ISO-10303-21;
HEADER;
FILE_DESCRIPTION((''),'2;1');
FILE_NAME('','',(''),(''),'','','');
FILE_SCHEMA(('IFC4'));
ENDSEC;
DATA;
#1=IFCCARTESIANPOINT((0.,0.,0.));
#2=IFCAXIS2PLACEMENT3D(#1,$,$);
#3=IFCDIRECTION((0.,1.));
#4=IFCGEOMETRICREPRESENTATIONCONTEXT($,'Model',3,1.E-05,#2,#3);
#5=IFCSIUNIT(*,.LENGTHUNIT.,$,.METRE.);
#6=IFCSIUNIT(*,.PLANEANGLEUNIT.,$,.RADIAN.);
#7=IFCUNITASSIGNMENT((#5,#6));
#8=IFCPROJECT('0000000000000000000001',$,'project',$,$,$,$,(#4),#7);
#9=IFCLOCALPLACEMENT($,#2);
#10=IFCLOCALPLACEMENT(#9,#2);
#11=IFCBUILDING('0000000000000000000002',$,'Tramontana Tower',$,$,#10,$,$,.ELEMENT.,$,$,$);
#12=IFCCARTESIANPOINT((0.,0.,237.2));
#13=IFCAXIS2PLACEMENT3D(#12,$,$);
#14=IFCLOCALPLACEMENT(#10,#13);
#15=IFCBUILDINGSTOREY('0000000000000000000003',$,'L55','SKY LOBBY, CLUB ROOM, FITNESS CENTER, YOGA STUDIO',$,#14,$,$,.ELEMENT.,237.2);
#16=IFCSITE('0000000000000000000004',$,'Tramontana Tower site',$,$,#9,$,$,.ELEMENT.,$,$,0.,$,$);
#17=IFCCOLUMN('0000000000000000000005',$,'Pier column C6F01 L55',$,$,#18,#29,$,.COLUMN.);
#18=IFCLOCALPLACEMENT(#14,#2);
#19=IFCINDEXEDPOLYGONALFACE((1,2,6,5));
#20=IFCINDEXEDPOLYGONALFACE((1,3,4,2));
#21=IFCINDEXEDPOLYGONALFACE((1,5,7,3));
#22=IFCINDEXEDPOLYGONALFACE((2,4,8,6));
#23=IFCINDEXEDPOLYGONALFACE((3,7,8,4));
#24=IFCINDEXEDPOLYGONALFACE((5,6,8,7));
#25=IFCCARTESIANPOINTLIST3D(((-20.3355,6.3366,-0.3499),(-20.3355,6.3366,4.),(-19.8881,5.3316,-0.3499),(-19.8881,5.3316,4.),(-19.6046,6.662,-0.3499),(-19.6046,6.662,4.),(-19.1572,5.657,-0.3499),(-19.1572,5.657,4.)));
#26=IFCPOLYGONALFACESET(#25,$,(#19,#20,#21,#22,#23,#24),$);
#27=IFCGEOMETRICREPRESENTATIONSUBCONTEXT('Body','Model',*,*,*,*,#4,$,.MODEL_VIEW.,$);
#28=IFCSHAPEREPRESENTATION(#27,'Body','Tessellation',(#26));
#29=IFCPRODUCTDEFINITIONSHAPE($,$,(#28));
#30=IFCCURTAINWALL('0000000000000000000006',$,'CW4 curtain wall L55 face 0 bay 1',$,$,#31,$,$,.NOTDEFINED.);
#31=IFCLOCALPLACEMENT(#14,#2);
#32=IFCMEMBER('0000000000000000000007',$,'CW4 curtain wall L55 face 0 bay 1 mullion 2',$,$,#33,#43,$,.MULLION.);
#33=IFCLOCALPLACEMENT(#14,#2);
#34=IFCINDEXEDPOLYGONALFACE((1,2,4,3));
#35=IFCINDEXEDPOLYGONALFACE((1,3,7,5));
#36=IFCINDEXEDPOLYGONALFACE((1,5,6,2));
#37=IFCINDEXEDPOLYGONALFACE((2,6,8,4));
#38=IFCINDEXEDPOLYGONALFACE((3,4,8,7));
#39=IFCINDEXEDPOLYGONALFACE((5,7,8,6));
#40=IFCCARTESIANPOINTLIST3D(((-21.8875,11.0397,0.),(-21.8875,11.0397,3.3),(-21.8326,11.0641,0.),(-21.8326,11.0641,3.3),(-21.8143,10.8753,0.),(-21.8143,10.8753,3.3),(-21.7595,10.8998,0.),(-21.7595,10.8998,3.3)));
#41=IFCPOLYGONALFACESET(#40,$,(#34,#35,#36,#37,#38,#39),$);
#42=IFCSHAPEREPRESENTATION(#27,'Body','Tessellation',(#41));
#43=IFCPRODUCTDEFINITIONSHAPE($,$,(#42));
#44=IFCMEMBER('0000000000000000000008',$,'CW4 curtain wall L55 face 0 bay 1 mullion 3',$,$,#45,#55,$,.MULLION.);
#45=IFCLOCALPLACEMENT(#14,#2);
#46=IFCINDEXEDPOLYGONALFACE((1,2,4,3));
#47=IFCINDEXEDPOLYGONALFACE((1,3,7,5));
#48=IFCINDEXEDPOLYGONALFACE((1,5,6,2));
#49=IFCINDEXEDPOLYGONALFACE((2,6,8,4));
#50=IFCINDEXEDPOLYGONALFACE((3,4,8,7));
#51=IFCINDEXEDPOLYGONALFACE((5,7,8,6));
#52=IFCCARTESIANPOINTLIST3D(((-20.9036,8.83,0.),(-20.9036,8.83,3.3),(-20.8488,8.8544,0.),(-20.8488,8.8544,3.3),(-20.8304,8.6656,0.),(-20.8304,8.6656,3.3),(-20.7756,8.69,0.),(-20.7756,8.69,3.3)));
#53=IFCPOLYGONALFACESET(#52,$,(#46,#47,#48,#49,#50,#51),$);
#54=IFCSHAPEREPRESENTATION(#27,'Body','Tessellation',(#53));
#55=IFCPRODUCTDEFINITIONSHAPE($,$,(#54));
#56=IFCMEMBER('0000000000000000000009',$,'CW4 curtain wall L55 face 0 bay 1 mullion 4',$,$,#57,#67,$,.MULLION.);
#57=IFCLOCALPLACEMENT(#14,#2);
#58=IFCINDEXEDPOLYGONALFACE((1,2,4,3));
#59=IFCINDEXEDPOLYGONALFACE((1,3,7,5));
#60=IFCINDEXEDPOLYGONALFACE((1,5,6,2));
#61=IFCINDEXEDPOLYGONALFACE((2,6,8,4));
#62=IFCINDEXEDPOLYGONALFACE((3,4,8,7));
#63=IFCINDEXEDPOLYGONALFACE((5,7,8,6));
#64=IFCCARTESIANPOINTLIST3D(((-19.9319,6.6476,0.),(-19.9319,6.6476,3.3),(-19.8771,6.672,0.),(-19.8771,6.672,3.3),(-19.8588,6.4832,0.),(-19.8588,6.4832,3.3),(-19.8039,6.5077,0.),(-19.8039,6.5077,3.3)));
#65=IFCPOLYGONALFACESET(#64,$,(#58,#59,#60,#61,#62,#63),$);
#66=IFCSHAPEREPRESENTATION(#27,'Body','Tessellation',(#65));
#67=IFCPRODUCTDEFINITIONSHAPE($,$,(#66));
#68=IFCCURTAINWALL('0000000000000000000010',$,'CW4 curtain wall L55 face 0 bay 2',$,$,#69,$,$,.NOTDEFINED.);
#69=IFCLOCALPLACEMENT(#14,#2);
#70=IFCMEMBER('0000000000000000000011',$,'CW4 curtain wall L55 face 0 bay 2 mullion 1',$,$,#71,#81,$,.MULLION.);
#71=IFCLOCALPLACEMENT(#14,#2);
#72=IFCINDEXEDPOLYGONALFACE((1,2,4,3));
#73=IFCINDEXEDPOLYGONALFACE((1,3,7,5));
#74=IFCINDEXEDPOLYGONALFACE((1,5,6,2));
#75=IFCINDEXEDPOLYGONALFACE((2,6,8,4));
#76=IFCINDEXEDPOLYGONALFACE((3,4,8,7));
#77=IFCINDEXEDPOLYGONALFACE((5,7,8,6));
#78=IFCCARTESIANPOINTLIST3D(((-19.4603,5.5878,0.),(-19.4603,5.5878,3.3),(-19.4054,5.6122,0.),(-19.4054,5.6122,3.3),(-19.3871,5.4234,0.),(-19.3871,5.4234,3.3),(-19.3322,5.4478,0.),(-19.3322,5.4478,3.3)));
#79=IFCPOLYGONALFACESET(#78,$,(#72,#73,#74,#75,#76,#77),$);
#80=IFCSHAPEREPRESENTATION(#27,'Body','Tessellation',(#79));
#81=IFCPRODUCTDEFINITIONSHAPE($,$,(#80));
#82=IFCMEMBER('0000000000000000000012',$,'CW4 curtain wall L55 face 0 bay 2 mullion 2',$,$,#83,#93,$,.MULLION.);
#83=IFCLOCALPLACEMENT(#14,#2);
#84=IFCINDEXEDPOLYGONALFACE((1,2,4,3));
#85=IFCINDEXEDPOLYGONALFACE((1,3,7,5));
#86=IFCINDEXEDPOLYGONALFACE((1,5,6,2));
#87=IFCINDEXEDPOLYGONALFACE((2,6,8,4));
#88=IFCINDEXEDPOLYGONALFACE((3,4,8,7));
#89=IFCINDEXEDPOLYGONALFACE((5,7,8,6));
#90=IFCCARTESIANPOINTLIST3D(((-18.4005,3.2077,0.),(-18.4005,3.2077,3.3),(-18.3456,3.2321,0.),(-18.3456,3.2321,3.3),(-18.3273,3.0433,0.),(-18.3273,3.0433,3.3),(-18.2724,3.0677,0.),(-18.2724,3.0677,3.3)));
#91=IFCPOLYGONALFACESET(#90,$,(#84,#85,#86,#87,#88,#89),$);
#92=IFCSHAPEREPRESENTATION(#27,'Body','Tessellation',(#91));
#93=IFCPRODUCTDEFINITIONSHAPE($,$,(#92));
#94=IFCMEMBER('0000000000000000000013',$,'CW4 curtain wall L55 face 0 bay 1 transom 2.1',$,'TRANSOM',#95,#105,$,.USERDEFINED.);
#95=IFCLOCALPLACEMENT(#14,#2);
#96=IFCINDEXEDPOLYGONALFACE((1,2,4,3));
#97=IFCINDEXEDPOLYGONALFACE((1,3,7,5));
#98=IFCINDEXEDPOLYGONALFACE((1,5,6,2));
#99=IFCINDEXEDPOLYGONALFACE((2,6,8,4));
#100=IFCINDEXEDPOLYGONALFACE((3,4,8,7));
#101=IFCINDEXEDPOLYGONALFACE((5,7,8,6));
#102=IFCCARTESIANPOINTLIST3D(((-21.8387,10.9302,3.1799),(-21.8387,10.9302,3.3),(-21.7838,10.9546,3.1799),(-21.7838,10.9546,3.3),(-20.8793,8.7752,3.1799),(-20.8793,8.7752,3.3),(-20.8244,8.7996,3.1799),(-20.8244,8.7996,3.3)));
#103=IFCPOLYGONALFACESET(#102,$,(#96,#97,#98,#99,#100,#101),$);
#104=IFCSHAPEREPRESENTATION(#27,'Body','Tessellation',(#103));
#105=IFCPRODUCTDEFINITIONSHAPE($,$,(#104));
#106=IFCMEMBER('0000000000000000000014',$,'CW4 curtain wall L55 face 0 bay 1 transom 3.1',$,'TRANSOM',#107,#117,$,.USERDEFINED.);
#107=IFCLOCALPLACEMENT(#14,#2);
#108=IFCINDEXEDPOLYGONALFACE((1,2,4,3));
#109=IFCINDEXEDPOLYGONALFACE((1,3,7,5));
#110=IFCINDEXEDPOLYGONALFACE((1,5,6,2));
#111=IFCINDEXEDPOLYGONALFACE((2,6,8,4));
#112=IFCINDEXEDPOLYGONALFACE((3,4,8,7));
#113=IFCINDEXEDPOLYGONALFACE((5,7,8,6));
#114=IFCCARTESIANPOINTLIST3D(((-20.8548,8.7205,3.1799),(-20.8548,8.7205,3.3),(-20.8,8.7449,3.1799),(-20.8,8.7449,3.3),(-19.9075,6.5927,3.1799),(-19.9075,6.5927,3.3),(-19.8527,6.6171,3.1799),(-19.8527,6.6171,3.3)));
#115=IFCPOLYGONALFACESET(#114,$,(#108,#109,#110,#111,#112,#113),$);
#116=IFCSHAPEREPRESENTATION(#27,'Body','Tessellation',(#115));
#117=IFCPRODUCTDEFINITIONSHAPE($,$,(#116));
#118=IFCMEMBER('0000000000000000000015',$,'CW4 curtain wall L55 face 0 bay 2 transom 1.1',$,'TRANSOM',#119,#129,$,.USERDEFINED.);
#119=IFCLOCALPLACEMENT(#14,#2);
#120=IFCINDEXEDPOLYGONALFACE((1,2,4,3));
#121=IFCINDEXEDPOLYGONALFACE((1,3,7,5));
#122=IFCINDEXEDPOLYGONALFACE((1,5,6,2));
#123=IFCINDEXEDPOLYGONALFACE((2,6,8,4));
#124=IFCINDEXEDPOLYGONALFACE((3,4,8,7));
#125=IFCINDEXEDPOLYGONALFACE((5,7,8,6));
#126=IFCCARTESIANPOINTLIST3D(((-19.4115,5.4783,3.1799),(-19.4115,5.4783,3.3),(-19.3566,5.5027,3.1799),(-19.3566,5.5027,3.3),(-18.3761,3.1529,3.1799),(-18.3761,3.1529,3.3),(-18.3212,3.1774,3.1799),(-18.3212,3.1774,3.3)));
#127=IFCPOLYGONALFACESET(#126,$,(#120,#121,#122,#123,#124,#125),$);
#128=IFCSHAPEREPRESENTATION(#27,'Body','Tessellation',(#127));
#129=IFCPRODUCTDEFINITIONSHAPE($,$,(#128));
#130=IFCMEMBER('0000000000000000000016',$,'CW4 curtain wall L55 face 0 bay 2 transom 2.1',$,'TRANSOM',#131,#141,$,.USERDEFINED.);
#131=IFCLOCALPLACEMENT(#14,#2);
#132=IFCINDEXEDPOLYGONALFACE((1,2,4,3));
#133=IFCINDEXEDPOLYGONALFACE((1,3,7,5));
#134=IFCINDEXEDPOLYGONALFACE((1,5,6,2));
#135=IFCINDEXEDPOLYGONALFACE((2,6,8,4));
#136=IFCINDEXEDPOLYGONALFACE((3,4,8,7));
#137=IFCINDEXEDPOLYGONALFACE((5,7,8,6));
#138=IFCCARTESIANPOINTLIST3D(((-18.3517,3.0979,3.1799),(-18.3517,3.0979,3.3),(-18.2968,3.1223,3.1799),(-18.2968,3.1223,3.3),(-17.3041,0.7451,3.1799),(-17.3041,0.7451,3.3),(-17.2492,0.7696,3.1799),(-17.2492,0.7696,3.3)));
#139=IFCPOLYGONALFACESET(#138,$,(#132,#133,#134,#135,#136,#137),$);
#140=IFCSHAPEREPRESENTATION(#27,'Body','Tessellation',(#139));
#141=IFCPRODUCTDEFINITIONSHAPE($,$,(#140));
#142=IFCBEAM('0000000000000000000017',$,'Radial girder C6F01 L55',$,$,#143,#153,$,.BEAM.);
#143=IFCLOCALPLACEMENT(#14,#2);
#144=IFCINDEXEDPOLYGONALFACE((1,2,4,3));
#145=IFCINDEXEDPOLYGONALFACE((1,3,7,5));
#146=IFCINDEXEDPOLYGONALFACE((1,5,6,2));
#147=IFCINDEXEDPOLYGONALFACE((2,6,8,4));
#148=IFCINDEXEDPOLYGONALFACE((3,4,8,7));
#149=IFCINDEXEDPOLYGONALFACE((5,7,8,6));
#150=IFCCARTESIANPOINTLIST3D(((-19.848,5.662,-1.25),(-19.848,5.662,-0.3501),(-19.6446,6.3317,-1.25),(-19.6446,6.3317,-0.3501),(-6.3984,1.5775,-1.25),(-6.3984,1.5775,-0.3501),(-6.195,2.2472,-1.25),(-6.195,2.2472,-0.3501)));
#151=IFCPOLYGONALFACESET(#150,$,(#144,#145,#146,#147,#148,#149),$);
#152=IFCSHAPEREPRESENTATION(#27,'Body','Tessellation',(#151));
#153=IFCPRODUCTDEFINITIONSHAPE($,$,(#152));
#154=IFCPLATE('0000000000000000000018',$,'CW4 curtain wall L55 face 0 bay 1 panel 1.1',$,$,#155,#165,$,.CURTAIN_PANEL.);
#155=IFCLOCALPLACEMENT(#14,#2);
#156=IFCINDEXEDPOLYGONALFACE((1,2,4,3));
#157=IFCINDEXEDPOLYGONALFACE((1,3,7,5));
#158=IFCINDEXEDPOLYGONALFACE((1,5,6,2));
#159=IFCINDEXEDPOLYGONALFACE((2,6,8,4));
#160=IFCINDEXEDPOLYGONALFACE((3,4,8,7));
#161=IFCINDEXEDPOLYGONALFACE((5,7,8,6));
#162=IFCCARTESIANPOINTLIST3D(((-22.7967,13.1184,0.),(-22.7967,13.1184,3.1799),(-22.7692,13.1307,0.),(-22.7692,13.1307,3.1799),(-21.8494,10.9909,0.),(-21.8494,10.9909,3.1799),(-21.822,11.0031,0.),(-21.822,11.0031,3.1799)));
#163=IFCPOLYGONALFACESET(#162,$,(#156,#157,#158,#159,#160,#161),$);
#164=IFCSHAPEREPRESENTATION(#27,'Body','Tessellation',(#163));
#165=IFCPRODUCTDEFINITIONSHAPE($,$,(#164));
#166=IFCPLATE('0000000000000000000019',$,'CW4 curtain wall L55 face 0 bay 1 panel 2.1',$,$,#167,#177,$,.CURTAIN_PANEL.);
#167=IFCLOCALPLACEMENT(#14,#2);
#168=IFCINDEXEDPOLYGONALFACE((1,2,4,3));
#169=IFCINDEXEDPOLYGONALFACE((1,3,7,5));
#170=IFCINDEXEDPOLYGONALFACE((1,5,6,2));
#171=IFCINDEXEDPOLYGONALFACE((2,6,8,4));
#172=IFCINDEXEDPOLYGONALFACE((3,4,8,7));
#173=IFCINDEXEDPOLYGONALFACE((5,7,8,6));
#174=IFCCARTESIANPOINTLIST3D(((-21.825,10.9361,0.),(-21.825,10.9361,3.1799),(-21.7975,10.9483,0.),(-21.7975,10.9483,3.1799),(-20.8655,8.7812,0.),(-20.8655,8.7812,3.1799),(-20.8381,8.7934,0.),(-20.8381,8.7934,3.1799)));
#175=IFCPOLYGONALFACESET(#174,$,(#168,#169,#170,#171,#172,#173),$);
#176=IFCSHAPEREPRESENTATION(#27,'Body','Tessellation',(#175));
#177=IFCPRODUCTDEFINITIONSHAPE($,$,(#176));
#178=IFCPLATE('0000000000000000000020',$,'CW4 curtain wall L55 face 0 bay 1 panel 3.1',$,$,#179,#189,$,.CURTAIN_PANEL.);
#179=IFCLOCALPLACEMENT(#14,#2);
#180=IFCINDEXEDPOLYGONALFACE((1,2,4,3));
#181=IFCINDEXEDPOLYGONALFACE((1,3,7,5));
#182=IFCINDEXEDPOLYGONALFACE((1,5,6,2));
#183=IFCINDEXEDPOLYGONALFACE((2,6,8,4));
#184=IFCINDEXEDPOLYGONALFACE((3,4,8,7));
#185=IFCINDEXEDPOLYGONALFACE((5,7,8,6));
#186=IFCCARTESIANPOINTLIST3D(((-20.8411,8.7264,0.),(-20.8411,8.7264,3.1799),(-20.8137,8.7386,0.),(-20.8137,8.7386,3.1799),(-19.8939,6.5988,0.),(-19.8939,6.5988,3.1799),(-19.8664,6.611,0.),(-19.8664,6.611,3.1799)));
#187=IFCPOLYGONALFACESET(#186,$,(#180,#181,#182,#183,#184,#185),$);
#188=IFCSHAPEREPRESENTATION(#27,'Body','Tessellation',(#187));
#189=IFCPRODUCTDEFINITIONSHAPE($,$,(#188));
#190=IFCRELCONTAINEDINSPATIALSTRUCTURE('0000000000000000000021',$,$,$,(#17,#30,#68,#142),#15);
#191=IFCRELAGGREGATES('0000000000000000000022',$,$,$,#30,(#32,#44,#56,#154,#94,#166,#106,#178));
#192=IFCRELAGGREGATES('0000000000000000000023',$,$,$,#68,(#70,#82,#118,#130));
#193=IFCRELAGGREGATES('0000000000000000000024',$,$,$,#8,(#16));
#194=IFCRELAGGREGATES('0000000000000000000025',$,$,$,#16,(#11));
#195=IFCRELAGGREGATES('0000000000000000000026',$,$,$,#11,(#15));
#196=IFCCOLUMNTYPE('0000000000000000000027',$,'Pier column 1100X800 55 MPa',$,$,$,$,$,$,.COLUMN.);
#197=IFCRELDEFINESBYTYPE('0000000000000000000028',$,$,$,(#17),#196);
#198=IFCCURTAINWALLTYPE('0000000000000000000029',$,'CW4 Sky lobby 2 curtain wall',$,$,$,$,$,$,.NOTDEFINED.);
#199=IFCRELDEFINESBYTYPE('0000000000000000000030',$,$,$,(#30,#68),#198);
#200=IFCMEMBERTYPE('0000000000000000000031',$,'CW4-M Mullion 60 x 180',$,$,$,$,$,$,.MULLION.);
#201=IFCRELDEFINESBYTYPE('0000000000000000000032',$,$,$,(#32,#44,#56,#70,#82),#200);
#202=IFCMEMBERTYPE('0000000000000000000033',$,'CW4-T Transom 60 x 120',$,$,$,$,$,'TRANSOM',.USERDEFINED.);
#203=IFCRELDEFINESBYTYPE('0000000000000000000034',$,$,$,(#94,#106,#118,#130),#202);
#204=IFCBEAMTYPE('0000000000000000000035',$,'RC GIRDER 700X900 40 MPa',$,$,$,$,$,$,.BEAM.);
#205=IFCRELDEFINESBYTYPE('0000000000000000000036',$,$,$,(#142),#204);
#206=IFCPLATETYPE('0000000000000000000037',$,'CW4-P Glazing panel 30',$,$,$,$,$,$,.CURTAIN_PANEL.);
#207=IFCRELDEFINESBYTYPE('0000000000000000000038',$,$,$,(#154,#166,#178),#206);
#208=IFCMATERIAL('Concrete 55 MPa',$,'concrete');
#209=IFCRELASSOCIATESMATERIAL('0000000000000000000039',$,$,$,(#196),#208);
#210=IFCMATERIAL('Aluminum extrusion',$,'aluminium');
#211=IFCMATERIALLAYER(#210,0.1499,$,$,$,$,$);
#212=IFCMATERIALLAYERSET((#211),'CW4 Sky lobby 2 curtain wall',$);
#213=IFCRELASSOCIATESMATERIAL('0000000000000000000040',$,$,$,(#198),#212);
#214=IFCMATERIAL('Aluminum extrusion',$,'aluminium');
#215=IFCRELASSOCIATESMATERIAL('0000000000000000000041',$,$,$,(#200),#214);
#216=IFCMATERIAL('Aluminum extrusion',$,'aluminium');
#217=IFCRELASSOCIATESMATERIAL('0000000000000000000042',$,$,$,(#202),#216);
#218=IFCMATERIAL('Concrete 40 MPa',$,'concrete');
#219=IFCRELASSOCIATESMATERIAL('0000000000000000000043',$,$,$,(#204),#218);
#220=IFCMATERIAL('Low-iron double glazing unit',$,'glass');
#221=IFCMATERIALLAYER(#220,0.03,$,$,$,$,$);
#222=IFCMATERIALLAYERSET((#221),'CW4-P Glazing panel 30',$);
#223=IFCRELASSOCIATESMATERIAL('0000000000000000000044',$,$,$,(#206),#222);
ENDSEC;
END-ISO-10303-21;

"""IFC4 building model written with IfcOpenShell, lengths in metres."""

from ifc_helpers import new_model, si_unit, direction, frame, origin, origin_2d, place, context, subcontext, project, spatial, rectangle, extrude, material, layer, layer_set, material_profile, profile_set, type_object, element, aggregate, save


model = new_model("IFC4")

# Units and contexts
model_context = context("Model", 3, precision=1e-05, world=origin(), true_north=direction((0.0, 1.0)))
body_context = subcontext(model_context, "Body", "Model", "MODEL_VIEW")
ifc_project = project(units=[si_unit("LENGTHUNIT", "METRE"), si_unit("PLANEANGLEUNIT", "RADIAN")], contexts=[model_context])

# Site, building, storey
site_placement = place(None, origin())
site = spatial("IfcSite", under=ifc_project, at=site_placement, Name="Tramontana Tower site", CompositionType="ELEMENT", RefElevation=0.0)
building_placement = place(site_placement, origin())
building = spatial("IfcBuilding", under=site, at=building_placement, Name="Tramontana Tower", CompositionType="ELEMENT")
storey_placement = place(building_placement, frame((0.0, 0.0, 237.2)))
storey = spatial("IfcBuildingStorey", under=building, at=storey_placement, Name="L55", Description="SKY LOBBY, CLUB ROOM, FITNESS CENTER, YOGA STUDIO", CompositionType="ELEMENT", Elevation=237.2)

# Column
ifc_material_1 = material(Name="Concrete 55 MPa", Category="concrete")
ifc_material_profile_1 = material_profile(ifc_material_1, rectangle(XDim=1.1001, YDim=0.8, at=origin_2d()), Name="Pier column 1100X800 55 MPa")
ifc_profile_set_1 = profile_set([ifc_material_profile_1], Name="Concrete 55 MPa")
column_type = type_object("IfcColumnType", Name="Pier column 1100X800 55 MPa", PredefinedType="COLUMN", material=ifc_profile_set_1)
column_placement = place(storey_placement, frame((-19.7463, 5.9968, -0.3499), z_axis=(0.0, 0.0, 1.0), x_axis=(0.406737, -0.913545, 0.0)))
element("IfcColumn", 1, at=column_placement, inside=storey, type_object=column_type, Name="Pier column C6F01 L55", PredefinedType="COLUMN", context=body_context, shape_type="SweptSolid", body=[
    extrude(rectangle(XDim=1.1001, YDim=0.8, at=origin_2d()), origin(), (0.0, 0.0, 1.0), 4.3499),
])

# Curtain walls, members
ifc_material_2 = material(Name="Aluminum extrusion", Category="aluminium")
ifc_layer_1 = layer(ifc_material_2, 0.1499)
ifc_layer_set_1 = layer_set([ifc_layer_1], Name="CW4 Sky lobby 2 curtain wall")
curtain_wall_type = type_object("IfcCurtainWallType", Name="CW4 Sky lobby 2 curtain wall", PredefinedType="NOTDEFINED", material=ifc_layer_set_1)
curtain_wall_1_placement = place(storey_placement, origin())
curtain_wall_1 = element("IfcCurtainWall", 2, at=curtain_wall_1_placement, inside=storey, type_object=curtain_wall_type, Name="CW4 curtain wall L55 face 0 bay 1", PredefinedType="NOTDEFINED")
ifc_material_3 = material(Name="Aluminum extrusion", Category="aluminium")
ifc_material_profile_2 = material_profile(ifc_material_3, rectangle(XDim=0.0601, YDim=0.1799, at=origin_2d()), Name="CW4-M Mullion 60 x 180")
ifc_profile_set_2 = profile_set([ifc_material_profile_2], Name="Aluminum extrusion")
member_type_1 = type_object("IfcMemberType", Name="CW4-M Mullion 60 x 180", PredefinedType="MULLION", material=ifc_profile_set_2)
member_1_placement = place(storey_placement, frame((-21.8235, 10.9697, 0.0), z_axis=(0.0, 0.0, 1.0), x_axis=(0.913545, 0.406737, 0.0)))
member_1 = element("IfcMember", 3, at=member_1_placement, type_object=member_type_1, Name="CW4 curtain wall L55 face 0 bay 1 mullion 2", PredefinedType="MULLION", context=body_context, shape_type="SweptSolid", body=[
    extrude(rectangle(XDim=0.0601, YDim=0.1799, at=origin_2d()), origin(), (0.0, 0.0, 1.0), 3.3),
])
member_2_placement = place(storey_placement, frame((-20.8396, 8.76, 0.0), z_axis=(0.0, 0.0, 1.0), x_axis=(0.913545, 0.406737, 0.0)))
member_2 = element("IfcMember", 4, at=member_2_placement, type_object=member_type_1, Name="CW4 curtain wall L55 face 0 bay 1 mullion 3", PredefinedType="MULLION", context=body_context, shape_type="SweptSolid", body=[
    extrude(rectangle(XDim=0.0601, YDim=0.1799, at=origin_2d()), origin(), (0.0, 0.0, 1.0), 3.3),
])
member_3_placement = place(storey_placement, frame((-19.8679, 6.5776, 0.0), z_axis=(0.0, 0.0, 1.0), x_axis=(0.913545, 0.406737, 0.0)))
member_3 = element("IfcMember", 5, at=member_3_placement, type_object=member_type_1, Name="CW4 curtain wall L55 face 0 bay 1 mullion 4", PredefinedType="MULLION", context=body_context, shape_type="SweptSolid", body=[
    extrude(rectangle(XDim=0.0601, YDim=0.1799, at=origin_2d()), origin(), (0.0, 0.0, 1.0), 3.3),
])
curtain_wall_2_placement = place(storey_placement, origin())
curtain_wall_2 = element("IfcCurtainWall", 6, at=curtain_wall_2_placement, inside=storey, type_object=curtain_wall_type, Name="CW4 curtain wall L55 face 0 bay 2", PredefinedType="NOTDEFINED")
member_4_placement = place(storey_placement, frame((-19.3962, 5.5178, 0.0), z_axis=(0.0, 0.0, 1.0), x_axis=(0.913545, 0.406737, 0.0)))
member_4 = element("IfcMember", 7, at=member_4_placement, type_object=member_type_1, Name="CW4 curtain wall L55 face 0 bay 2 mullion 1", PredefinedType="MULLION", context=body_context, shape_type="SweptSolid", body=[
    extrude(rectangle(XDim=0.0601, YDim=0.1799, at=origin_2d()), origin(), (0.0, 0.0, 1.0), 3.3),
])
member_5_placement = place(storey_placement, frame((-18.3364, 3.1377, 0.0), z_axis=(0.0, 0.0, 1.0), x_axis=(0.913545, 0.406737, 0.0)))
member_5 = element("IfcMember", 8, at=member_5_placement, type_object=member_type_1, Name="CW4 curtain wall L55 face 0 bay 2 mullion 2", PredefinedType="MULLION", context=body_context, shape_type="SweptSolid", body=[
    extrude(rectangle(XDim=0.0601, YDim=0.1799, at=origin_2d()), origin(), (0.0, 0.0, 1.0), 3.3),
])

# Members
ifc_material_4 = material(Name="Aluminum extrusion", Category="aluminium")
ifc_material_profile_3 = material_profile(ifc_material_4, rectangle(XDim=0.0601, YDim=0.1201, at=origin_2d()), Name="CW4-T Transom 60 x 120")
ifc_profile_set_3 = profile_set([ifc_material_profile_3], Name="Aluminum extrusion")
member_type_2 = type_object("IfcMemberType", Name="CW4-T Transom 60 x 120", ElementType="TRANSOM", PredefinedType="USERDEFINED", material=ifc_profile_set_3)
member_6_placement = place(storey_placement, frame((-21.8113, 10.9424, 3.24), z_axis=(0.406734, -0.913547, 0.0), x_axis=(0.913547, 0.406734, 0.0)))
member_6 = element("IfcMember", 9, at=member_6_placement, type_object=member_type_2, Name="CW4 curtain wall L55 face 0 bay 1 transom 2.1", ObjectType="TRANSOM", PredefinedType="USERDEFINED", context=body_context, shape_type="SweptSolid", body=[
    extrude(rectangle(XDim=0.0601, YDim=0.1201, at=origin_2d()), origin(), (0.0, 0.0, 1.0), 2.3589),
])
member_7_placement = place(storey_placement, frame((-20.8274, 8.7327, 3.24), z_axis=(0.406722, -0.913552, 0.0), x_axis=(0.913552, 0.406722, 0.0)))
member_7 = element("IfcMember", 10, at=member_7_placement, type_object=member_type_2, Name="CW4 curtain wall L55 face 0 bay 1 transom 3.1", ObjectType="TRANSOM", PredefinedType="USERDEFINED", context=body_context, shape_type="SweptSolid", body=[
    extrude(rectangle(XDim=0.0601, YDim=0.1201, at=origin_2d()), origin(), (0.0, 0.0, 1.0), 2.3291),
])
member_8_placement = place(storey_placement, frame((-19.384, 5.4905, 3.24), z_axis=(0.406752, -0.913538, 0.0), x_axis=(0.913538, 0.406752, 0.0)))
member_8 = element("IfcMember", 11, at=member_8_placement, type_object=member_type_2, Name="CW4 curtain wall L55 face 0 bay 2 transom 1.1", ObjectType="TRANSOM", PredefinedType="USERDEFINED", context=body_context, shape_type="SweptSolid", body=[
    extrude(rectangle(XDim=0.0601, YDim=0.1201, at=origin_2d()), origin(), (0.0, 0.0, 1.0), 2.5454),
])
member_9_placement = place(storey_placement, frame((-18.3242, 3.1101, 3.24), z_axis=(0.406763, -0.913534, 0.0), x_axis=(0.913534, 0.406763, 0.0)))
member_9 = element("IfcMember", 12, at=member_9_placement, type_object=member_type_2, Name="CW4 curtain wall L55 face 0 bay 2 transom 2.1", ObjectType="TRANSOM", PredefinedType="USERDEFINED", context=body_context, shape_type="SweptSolid", body=[
    extrude(rectangle(XDim=0.0601, YDim=0.1201, at=origin_2d()), origin(), (0.0, 0.0, 1.0), 2.5754),
])

# Beam
ifc_material_5 = material(Name="Concrete 40 MPa", Category="concrete")
ifc_material_profile_4 = material_profile(ifc_material_5, rectangle(XDim=0.7, YDim=0.8999, at=origin_2d()), Name="RC GIRDER 700X900 40 MPa")
ifc_profile_set_4 = profile_set([ifc_material_profile_4], Name="Concrete 40 MPa")
beam_type = type_object("IfcBeamType", Name="RC GIRDER 700X900 40 MPa", PredefinedType="BEAM", material=ifc_profile_set_4)
beam_placement = place(storey_placement, frame((-19.7463, 5.9968, -0.8), z_axis=(0.95685, -0.290581, 0.0), x_axis=(0.290581, 0.95685, 0.0)))
element("IfcBeam", 13, at=beam_placement, inside=storey, type_object=beam_type, Name="Radial girder C6F01 L55", PredefinedType="BEAM", context=body_context, shape_type="SweptSolid", body=[
    extrude(rectangle(XDim=0.7, YDim=0.8999, at=origin_2d()), origin(), (0.0, 0.0, 1.0), 14.0562),
])

# Plates
ifc_material_6 = material(Name="Low-iron double glazing unit", Category="glass")
ifc_layer_2 = layer(ifc_material_6, 0.03)
ifc_layer_set_2 = layer_set([ifc_layer_2], Name="CW4-P Glazing panel 30")
plate_type = type_object("IfcPlateType", Name="CW4-P Glazing panel 30", PredefinedType="CURTAIN_PANEL", material=ifc_layer_set_2)
plate_1_placement = place(storey_placement, frame((-22.3093, 12.0608, 0.0), z_axis=(0.0, 0.0, 1.0), x_axis=(0.406737, -0.913545, 0.0)))
plate_1 = element("IfcPlate", 14, at=plate_1_placement, type_object=plate_type, Name="CW4 curtain wall L55 face 0 bay 1 panel 1.1", PredefinedType="CURTAIN_PANEL", context=body_context, shape_type="SweptSolid", body=[
    extrude(rectangle(XDim=2.3289, YDim=0.03, at=origin_2d()), origin(), (0.0, 0.0, 1.0), 3.1799),
])
plate_2_placement = place(storey_placement, frame((-21.3315, 9.8647, 0.0), z_axis=(0.0, 0.0, 1.0), x_axis=(0.406737, -0.913545, 0.0)))
plate_2 = element("IfcPlate", 15, at=plate_2_placement, type_object=plate_type, Name="CW4 curtain wall L55 face 0 bay 1 panel 2.1", PredefinedType="CURTAIN_PANEL", context=body_context, shape_type="SweptSolid", body=[
    extrude(rectangle(XDim=2.3589, YDim=0.03, at=origin_2d()), origin(), (0.0, 0.0, 1.0), 3.1799),
])
plate_3_placement = place(storey_placement, frame((-20.3538, 7.6687, 0.0), z_axis=(0.0, 0.0, 1.0), x_axis=(0.406737, -0.913545, 0.0)))
plate_3 = element("IfcPlate", 16, at=plate_3_placement, type_object=plate_type, Name="CW4 curtain wall L55 face 0 bay 1 panel 3.1", PredefinedType="CURTAIN_PANEL", context=body_context, shape_type="SweptSolid", body=[
    extrude(rectangle(XDim=2.3289, YDim=0.03, at=origin_2d()), origin(), (0.0, 0.0, 1.0), 3.1799),
])
aggregate(curtain_wall_1, [member_1, member_2, member_3, plate_1, member_6, plate_2, member_7, plate_3])
aggregate(curtain_wall_2, [member_4, member_5, member_8, member_9])

save(model, "model.ifc")
